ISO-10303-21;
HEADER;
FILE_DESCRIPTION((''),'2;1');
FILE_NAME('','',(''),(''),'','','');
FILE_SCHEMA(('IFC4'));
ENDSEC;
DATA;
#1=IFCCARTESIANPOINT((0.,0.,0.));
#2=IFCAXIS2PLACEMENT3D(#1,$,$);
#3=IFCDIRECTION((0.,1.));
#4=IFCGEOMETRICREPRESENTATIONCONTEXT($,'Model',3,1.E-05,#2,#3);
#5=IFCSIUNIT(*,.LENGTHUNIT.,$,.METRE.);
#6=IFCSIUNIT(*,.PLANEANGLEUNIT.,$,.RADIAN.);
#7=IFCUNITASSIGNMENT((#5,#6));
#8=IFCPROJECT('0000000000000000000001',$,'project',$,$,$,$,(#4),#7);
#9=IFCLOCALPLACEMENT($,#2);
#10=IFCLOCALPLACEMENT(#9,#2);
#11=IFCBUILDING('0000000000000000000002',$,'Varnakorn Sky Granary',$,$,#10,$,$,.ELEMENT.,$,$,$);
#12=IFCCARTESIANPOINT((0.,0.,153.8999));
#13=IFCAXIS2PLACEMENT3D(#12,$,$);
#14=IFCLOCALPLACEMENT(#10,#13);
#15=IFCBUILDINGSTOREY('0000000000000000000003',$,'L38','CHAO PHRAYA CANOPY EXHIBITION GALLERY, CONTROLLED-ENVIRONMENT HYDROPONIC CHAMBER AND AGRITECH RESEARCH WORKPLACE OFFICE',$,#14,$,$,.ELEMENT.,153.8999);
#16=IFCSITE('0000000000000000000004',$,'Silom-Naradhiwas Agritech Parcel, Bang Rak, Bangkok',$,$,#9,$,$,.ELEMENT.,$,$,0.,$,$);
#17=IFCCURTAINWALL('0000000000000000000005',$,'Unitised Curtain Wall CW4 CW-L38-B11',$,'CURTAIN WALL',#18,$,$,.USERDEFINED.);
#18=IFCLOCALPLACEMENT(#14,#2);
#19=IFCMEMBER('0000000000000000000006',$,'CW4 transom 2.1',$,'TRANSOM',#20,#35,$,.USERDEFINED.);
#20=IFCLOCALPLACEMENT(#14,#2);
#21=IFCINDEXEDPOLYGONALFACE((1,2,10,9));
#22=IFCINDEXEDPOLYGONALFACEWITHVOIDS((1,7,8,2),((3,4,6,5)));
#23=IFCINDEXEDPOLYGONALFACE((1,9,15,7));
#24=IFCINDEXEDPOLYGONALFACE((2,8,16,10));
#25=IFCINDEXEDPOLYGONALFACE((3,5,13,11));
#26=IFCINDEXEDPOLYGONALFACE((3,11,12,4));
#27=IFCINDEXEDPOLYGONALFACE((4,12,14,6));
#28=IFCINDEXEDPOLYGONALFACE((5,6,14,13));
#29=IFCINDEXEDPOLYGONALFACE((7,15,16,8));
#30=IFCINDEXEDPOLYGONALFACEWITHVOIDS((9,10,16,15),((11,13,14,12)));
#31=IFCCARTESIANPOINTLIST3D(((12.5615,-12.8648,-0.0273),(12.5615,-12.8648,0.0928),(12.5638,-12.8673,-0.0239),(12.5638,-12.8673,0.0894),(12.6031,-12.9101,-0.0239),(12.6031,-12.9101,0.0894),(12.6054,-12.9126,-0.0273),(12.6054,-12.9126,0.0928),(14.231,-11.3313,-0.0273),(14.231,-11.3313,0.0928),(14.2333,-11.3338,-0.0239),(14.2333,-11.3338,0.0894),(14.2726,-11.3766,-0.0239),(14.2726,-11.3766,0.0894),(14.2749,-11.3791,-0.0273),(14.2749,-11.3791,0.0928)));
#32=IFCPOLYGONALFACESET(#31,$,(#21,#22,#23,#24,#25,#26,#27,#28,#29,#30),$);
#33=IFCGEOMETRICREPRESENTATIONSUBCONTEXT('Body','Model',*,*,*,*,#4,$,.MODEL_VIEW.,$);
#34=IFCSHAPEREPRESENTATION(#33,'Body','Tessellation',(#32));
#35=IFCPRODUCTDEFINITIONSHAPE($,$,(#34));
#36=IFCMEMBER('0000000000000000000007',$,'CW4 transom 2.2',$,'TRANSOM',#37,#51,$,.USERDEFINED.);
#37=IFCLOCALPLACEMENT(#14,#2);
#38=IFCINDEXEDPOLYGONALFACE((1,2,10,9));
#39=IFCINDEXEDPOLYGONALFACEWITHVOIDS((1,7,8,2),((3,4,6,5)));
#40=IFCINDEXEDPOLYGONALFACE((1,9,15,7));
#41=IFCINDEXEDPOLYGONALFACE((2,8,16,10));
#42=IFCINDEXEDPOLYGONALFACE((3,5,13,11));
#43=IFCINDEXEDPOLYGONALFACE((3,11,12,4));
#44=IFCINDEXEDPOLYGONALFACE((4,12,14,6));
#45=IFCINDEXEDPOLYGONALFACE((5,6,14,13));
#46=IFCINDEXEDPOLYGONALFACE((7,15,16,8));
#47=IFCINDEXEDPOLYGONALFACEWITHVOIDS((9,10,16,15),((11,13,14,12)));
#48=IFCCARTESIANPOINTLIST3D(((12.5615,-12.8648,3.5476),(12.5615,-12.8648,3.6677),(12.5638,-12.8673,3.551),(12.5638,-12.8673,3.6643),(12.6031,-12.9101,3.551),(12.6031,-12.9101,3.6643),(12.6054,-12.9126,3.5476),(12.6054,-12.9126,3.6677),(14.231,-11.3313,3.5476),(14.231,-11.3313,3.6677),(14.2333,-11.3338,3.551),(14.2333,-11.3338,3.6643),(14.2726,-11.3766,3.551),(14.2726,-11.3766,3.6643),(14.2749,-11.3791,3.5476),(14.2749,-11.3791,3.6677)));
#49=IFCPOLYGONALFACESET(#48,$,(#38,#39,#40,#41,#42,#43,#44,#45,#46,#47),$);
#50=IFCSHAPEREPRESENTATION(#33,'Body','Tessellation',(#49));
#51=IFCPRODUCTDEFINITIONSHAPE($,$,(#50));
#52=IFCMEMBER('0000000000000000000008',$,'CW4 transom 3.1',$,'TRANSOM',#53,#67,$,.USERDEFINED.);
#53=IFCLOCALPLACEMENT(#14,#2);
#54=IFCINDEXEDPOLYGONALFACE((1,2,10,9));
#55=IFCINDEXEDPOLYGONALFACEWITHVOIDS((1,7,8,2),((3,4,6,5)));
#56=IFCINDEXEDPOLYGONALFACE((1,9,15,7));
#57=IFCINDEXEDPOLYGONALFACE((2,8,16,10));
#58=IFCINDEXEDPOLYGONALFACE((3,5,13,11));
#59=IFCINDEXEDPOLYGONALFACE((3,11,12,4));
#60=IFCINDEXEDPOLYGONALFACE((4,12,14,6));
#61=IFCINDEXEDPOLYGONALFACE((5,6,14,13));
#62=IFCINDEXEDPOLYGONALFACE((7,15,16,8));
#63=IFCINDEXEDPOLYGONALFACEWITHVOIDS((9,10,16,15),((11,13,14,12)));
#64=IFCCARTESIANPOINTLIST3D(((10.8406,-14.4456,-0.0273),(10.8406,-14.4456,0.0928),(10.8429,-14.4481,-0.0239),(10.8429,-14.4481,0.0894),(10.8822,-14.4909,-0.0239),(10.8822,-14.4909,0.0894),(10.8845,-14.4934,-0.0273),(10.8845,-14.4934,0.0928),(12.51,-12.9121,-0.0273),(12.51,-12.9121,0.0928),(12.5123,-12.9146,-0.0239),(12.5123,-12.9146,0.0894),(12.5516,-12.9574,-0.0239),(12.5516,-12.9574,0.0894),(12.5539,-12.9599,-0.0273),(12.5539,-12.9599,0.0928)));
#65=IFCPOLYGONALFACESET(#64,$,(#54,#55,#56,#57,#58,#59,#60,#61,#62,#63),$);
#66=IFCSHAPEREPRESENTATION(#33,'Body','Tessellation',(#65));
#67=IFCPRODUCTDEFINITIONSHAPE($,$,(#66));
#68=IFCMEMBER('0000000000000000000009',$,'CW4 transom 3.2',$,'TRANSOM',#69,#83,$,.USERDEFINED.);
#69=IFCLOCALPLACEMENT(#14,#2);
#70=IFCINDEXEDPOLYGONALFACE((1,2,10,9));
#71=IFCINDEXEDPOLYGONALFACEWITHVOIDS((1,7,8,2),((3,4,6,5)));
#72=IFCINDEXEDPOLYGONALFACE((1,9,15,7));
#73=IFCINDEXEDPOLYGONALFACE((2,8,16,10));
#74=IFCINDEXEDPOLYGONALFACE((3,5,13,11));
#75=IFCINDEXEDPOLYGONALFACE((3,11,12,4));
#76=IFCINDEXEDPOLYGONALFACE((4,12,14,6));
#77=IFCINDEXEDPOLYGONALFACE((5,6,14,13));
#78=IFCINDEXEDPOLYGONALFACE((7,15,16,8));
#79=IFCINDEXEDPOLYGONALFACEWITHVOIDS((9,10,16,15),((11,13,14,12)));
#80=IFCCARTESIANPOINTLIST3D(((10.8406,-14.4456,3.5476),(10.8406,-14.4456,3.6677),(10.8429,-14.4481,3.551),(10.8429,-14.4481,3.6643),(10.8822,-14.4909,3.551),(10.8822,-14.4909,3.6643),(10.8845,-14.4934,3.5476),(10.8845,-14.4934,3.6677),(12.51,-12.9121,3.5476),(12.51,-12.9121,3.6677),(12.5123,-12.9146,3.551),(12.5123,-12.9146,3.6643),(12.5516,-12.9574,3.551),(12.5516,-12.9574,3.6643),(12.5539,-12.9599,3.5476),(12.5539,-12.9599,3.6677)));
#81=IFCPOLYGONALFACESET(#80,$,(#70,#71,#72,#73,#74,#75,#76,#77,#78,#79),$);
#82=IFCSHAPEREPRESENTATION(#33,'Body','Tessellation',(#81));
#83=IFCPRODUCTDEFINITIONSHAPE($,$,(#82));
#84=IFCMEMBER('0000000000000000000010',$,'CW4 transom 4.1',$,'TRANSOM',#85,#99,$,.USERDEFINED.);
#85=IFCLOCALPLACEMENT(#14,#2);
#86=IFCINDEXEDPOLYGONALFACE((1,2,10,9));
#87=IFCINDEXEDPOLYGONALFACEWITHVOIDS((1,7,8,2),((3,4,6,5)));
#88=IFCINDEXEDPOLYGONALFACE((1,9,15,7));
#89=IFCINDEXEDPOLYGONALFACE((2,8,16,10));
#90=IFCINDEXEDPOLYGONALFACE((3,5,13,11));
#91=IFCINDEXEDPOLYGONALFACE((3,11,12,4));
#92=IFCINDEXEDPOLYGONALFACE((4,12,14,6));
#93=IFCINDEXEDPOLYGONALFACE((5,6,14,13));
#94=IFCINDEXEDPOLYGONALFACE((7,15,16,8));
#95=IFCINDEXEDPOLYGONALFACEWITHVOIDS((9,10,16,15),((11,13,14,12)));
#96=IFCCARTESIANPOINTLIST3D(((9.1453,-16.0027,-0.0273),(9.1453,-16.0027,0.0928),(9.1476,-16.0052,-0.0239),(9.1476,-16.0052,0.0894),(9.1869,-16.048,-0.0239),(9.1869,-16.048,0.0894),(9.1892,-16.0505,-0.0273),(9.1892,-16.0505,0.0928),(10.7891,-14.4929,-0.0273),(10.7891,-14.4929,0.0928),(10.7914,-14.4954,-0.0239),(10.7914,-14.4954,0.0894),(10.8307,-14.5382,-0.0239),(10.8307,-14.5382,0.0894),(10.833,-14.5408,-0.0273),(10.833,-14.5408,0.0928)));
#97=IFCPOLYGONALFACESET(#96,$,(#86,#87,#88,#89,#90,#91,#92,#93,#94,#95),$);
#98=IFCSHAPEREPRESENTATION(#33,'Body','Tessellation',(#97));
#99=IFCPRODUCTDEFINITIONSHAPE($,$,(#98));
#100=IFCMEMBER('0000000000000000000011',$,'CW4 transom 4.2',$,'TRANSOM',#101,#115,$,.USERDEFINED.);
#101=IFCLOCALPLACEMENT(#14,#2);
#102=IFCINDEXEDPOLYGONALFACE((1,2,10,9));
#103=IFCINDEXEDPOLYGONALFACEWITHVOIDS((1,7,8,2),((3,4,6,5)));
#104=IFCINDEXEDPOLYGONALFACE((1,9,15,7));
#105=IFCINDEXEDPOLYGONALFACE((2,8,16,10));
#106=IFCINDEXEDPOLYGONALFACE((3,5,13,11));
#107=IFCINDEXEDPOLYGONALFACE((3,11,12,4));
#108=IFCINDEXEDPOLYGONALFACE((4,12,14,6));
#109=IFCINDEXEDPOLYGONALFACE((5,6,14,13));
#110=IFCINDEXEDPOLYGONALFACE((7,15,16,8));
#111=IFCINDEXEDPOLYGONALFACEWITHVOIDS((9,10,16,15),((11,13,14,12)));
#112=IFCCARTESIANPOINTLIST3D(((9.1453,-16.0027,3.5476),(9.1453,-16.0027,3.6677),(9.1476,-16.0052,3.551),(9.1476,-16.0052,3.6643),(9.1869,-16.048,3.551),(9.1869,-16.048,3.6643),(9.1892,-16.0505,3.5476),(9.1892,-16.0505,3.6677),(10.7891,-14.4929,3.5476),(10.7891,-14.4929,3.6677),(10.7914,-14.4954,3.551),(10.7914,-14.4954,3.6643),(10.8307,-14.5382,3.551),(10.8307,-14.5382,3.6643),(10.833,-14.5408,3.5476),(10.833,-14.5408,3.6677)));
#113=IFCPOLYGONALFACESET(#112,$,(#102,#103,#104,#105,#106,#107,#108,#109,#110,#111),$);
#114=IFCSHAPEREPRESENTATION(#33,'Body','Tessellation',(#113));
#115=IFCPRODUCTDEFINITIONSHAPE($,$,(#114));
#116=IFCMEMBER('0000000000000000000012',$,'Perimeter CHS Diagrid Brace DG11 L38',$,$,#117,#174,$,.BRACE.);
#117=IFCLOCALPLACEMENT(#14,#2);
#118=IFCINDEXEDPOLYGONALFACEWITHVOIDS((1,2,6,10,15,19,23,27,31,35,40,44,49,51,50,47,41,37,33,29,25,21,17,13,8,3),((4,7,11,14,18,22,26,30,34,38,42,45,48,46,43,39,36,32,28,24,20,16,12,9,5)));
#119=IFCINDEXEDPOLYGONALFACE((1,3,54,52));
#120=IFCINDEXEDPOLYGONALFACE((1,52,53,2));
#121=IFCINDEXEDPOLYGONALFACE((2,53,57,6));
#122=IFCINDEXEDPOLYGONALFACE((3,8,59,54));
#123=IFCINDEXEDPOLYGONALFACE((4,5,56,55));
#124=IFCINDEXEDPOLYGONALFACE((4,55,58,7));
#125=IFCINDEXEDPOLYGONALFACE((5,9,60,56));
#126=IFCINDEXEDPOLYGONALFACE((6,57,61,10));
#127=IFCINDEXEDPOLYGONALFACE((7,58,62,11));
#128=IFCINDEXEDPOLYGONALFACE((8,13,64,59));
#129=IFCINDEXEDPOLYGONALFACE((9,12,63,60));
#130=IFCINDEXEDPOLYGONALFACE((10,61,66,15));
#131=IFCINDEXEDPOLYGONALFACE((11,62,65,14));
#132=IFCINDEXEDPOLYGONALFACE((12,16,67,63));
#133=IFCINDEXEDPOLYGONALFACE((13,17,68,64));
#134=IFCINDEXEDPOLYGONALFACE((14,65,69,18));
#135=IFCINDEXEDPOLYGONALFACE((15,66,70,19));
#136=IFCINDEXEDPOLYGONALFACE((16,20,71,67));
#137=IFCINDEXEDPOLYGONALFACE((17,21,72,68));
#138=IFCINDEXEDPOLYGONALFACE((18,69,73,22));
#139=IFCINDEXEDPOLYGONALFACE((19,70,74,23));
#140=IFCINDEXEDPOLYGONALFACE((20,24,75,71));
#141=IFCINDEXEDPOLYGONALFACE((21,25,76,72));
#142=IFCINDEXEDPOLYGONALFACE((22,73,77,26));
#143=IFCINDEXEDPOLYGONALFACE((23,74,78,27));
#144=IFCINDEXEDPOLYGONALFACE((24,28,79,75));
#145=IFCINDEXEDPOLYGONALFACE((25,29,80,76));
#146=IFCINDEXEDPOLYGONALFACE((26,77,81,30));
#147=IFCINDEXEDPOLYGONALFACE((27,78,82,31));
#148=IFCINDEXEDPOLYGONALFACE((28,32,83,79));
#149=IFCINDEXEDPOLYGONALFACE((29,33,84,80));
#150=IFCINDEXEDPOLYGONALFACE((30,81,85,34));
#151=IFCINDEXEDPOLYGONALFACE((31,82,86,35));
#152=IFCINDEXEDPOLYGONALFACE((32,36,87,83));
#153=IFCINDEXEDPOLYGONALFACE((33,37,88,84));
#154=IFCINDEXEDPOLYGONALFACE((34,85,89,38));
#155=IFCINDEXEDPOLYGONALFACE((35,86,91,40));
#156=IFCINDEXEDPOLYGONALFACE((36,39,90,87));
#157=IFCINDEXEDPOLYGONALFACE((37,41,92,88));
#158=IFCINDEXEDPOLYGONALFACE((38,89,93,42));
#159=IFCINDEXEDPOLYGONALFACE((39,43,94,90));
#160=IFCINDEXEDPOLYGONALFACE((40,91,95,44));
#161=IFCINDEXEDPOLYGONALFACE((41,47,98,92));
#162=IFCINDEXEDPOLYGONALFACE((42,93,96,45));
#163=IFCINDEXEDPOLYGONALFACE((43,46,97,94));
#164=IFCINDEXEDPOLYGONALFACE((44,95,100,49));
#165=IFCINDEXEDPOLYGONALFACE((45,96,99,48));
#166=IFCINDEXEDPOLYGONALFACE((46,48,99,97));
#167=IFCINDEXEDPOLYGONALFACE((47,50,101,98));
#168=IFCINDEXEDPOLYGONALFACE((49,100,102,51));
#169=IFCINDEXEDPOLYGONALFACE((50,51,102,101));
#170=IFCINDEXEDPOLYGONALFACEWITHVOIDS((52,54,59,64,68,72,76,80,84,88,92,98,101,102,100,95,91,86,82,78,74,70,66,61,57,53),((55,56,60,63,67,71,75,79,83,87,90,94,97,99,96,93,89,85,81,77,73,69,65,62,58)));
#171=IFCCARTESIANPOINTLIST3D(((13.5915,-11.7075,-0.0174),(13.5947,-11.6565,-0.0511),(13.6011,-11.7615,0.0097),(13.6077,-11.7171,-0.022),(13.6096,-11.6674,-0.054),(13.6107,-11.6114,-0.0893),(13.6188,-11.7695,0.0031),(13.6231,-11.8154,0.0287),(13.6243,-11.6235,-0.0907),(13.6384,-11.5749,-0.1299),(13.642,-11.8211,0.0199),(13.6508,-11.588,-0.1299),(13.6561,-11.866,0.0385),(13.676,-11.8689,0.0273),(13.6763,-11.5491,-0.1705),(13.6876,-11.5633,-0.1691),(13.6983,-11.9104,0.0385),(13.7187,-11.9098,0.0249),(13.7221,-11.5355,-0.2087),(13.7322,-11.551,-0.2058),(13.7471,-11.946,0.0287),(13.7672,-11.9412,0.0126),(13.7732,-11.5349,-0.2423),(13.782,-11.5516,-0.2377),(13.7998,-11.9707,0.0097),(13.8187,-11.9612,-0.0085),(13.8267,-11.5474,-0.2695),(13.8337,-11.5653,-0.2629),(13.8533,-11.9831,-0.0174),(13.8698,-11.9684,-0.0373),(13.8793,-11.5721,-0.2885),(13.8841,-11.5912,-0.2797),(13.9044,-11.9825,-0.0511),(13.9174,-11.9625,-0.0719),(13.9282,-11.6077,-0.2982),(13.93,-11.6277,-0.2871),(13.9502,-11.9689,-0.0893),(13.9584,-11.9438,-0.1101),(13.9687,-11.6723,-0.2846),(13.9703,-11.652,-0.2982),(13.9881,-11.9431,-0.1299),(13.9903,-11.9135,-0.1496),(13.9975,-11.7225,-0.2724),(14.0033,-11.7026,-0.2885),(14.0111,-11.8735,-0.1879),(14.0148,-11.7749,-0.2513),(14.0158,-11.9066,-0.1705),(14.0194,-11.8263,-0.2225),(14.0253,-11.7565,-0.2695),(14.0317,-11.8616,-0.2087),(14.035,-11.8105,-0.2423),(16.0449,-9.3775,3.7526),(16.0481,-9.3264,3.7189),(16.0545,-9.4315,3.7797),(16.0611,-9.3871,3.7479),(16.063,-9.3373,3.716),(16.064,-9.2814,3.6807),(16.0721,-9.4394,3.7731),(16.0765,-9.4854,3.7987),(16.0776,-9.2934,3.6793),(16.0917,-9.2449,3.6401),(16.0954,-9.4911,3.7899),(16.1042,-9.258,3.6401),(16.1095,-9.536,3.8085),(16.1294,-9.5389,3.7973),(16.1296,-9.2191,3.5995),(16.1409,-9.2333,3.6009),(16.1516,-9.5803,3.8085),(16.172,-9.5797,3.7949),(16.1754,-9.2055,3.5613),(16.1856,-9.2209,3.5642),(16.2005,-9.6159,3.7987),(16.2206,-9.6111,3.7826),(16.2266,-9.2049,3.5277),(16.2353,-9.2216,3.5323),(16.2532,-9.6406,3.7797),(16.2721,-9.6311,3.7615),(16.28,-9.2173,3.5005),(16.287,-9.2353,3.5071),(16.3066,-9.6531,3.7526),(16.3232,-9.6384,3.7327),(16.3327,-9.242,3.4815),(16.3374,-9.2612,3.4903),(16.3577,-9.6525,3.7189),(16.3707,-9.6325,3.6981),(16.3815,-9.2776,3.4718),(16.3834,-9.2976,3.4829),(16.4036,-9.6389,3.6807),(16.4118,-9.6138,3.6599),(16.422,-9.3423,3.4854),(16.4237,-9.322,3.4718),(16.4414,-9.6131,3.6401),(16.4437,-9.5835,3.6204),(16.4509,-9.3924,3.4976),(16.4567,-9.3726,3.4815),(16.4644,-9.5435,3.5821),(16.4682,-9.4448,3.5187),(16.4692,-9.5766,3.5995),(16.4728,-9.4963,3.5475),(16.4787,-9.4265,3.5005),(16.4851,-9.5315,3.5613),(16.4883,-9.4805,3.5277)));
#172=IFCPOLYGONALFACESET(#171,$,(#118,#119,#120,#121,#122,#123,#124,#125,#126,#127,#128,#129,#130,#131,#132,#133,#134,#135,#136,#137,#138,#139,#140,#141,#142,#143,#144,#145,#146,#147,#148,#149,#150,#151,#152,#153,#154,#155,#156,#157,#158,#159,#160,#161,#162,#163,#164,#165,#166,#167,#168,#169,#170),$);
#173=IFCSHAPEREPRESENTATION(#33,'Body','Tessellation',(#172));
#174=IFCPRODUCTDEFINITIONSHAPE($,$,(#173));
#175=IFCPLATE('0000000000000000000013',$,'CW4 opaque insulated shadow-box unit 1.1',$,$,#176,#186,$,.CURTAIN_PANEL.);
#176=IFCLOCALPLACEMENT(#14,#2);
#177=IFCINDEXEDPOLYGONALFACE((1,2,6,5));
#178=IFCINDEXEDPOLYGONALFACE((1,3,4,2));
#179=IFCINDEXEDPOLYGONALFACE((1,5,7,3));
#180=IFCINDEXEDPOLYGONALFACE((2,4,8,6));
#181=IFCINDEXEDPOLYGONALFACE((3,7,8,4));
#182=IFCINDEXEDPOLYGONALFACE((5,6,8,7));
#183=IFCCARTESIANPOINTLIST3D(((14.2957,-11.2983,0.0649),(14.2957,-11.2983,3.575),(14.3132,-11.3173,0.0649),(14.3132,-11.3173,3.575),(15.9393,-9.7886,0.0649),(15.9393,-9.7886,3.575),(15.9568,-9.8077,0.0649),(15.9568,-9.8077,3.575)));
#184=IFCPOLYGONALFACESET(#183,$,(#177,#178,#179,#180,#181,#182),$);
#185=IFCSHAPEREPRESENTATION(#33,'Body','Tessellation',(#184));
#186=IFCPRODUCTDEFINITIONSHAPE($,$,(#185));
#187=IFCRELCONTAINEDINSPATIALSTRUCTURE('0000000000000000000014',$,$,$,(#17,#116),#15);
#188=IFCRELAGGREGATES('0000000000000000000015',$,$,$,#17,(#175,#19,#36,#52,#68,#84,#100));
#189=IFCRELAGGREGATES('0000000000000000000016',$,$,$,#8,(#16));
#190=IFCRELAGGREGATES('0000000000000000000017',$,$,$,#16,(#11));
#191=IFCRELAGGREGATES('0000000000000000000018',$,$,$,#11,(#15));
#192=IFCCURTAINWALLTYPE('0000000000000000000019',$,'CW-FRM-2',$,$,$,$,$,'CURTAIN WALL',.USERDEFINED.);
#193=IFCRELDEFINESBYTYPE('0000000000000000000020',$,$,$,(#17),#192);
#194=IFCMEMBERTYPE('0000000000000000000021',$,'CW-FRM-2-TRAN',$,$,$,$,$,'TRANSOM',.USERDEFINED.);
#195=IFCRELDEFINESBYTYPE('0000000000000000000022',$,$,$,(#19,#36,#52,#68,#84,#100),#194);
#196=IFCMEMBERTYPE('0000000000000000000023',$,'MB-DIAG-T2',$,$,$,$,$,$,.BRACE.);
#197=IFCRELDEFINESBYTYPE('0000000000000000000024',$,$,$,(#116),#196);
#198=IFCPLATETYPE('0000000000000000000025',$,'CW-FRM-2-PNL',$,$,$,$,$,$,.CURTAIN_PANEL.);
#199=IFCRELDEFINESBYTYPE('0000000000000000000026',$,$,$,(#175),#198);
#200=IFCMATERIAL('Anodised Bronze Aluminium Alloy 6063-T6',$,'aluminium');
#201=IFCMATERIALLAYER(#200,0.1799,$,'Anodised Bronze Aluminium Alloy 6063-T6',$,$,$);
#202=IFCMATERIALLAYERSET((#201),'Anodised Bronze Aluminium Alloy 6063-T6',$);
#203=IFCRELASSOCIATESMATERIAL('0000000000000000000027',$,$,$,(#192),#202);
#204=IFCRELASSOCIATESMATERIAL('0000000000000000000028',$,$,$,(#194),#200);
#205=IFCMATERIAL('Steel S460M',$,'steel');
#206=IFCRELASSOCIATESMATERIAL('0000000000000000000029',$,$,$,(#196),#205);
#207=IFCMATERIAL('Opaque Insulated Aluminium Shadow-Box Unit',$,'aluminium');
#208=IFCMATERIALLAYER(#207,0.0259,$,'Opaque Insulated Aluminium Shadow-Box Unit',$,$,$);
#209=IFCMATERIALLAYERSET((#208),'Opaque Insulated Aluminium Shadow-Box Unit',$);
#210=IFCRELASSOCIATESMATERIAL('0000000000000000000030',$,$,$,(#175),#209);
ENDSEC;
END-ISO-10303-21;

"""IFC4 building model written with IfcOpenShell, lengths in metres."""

from ifc_helpers import new_model, si_unit, direction, frame, origin, origin_2d, place, context, subcontext, project, spatial, rectangle, hollow_rectangle, hollow_circle, extrude, source, transform, mapped, material, layer, layer_set, material_profile, profile_set, type_object, element, aggregate, save


model = new_model("IFC4")

# Units and contexts
model_context = context("Model", 3, precision=1e-05, world=origin(), true_north=direction((0.0, 1.0)))
body_context = subcontext(model_context, "Body", "Model", "MODEL_VIEW")
ifc_project = project(units=[si_unit("LENGTHUNIT", "METRE"), si_unit("PLANEANGLEUNIT", "RADIAN")], contexts=[model_context])

# Site, building, storey
site_placement = place(None, origin())
site = spatial("IfcSite", under=ifc_project, at=site_placement, Name="Silom-Naradhiwas Agritech Parcel, Bang Rak, Bangkok", CompositionType="ELEMENT", RefElevation=0.0)
building_placement = place(site_placement, origin())
building = spatial("IfcBuilding", under=site, at=building_placement, Name="Varnakorn Sky Granary", CompositionType="ELEMENT")
storey_placement = place(building_placement, frame((0.0, 0.0, 153.8999)))
storey = spatial("IfcBuildingStorey", under=building, at=storey_placement, Name="L38", Description="CHAO PHRAYA CANOPY EXHIBITION GALLERY, CONTROLLED-ENVIRONMENT HYDROPONIC CHAMBER AND AGRITECH RESEARCH WORKPLACE OFFICE", CompositionType="ELEMENT", Elevation=153.8999)

# Shared definitions
ifc_material_1 = material(Name="Steel S460M", Category="steel")

# Curtain wall, members
ifc_material_2 = material(Name="Anodised Bronze Aluminium Alloy 6063-T6", Category="aluminium")
ifc_layer_1 = layer(ifc_material_2, 0.1799, Name="Anodised Bronze Aluminium Alloy 6063-T6")
ifc_layer_set_1 = layer_set([ifc_layer_1], Name="Anodised Bronze Aluminium Alloy 6063-T6")
curtain_wall_type = type_object("IfcCurtainWallType", Name="CW-FRM-2", ElementType="CURTAIN WALL", PredefinedType="USERDEFINED", material=ifc_layer_set_1)
curtain_wall_placement = place(storey_placement, origin())
curtain_wall = element("IfcCurtainWall", 1, at=curtain_wall_placement, inside=storey, type_object=curtain_wall_type, Name="Unitised Curtain Wall CW4 CW-L38-B11", ObjectType="CURTAIN WALL", PredefinedType="USERDEFINED")
ifc_material_profile_1 = material_profile(ifc_material_2, hollow_rectangle(XDim=0.0649, YDim=0.1201, WallThickness=0.0034, at=origin_2d()), Name="ALU TRAN 65x120")
ifc_profile_set_1 = profile_set([ifc_material_profile_1], Name="Anodised Bronze Aluminium Alloy 6063-T6")
member_type_1 = type_object("IfcMemberType", Name="CW-FRM-2-TRAN", ElementType="TRANSOM", PredefinedType="USERDEFINED", material=ifc_profile_set_1)
member_1_placement = place(storey_placement, frame((14.2529, -11.3552, 0.0327), z_axis=(-0.736465, -0.676475, 0.0), x_axis=(0.676475, -0.736465, 0.0)))
member_1 = element("IfcMember", 2, at=member_1_placement, type_object=member_type_1, Name="CW4 transom 2.1", ObjectType="TRANSOM", PredefinedType="USERDEFINED", context=body_context, shape_type="SweptSolid", body=[
    extrude(hollow_rectangle(XDim=0.0649, YDim=0.1201, WallThickness=0.0034, at=origin_2d()), origin(), (0.0, 0.0, 1.0), 2.2668),
])
member_2_placement = place(storey_placement, frame((14.2529, -11.3552, 3.6077), z_axis=(-0.736465, -0.676475, 0.0), x_axis=(0.676475, -0.736465, 0.0)))
member_2 = element("IfcMember", 3, at=member_2_placement, type_object=member_type_1, Name="CW4 transom 2.2", ObjectType="TRANSOM", PredefinedType="USERDEFINED", context=body_context, shape_type="SweptSolid", body=[
    extrude(hollow_rectangle(XDim=0.0649, YDim=0.1201, WallThickness=0.0034, at=origin_2d()), origin(), (0.0, 0.0, 1.0), 2.2668),
])
member_3_placement = place(storey_placement, frame((12.532, -12.936, 0.0327), z_axis=(-0.736465, -0.676475, 0.0), x_axis=(0.676475, -0.736465, 0.0)))
member_3 = element("IfcMember", 4, at=member_3_placement, type_object=member_type_1, Name="CW4 transom 3.1", ObjectType="TRANSOM", PredefinedType="USERDEFINED", context=body_context, shape_type="SweptSolid", body=[
    extrude(hollow_rectangle(XDim=0.0649, YDim=0.1201, WallThickness=0.0034, at=origin_2d()), origin(), (0.0, 0.0, 1.0), 2.2668),
])
member_4_placement = place(storey_placement, frame((12.532, -12.936, 3.6077), z_axis=(-0.736465, -0.676475, 0.0), x_axis=(0.676475, -0.736465, 0.0)))
member_4 = element("IfcMember", 5, at=member_4_placement, type_object=member_type_1, Name="CW4 transom 3.2", ObjectType="TRANSOM", PredefinedType="USERDEFINED", context=body_context, shape_type="SweptSolid", body=[
    extrude(hollow_rectangle(XDim=0.0649, YDim=0.1201, WallThickness=0.0034, at=origin_2d()), origin(), (0.0, 0.0, 1.0), 2.2668),
])
member_5_placement = place(storey_placement, frame((10.811, -14.5168, 0.0327), z_axis=(-0.736495, -0.676443, 0.0), x_axis=(0.676443, -0.736495, 0.0)))
member_5 = element("IfcMember", 6, at=member_5_placement, type_object=member_type_1, Name="CW4 transom 4.1", ObjectType="TRANSOM", PredefinedType="USERDEFINED", context=body_context, shape_type="SweptSolid", body=[
    extrude(hollow_rectangle(XDim=0.0649, YDim=0.1201, WallThickness=0.0034, at=origin_2d()), origin(), (0.0, 0.0, 1.0), 2.2319),
])
member_6_placement = place(storey_placement, frame((10.811, -14.5168, 3.6077), z_axis=(-0.736495, -0.676443, 0.0), x_axis=(0.676443, -0.736495, 0.0)))
member_6 = element("IfcMember", 7, at=member_6_placement, type_object=member_type_1, Name="CW4 transom 4.2", ObjectType="TRANSOM", PredefinedType="USERDEFINED", context=body_context, shape_type="SweptSolid", body=[
    extrude(hollow_rectangle(XDim=0.0649, YDim=0.1201, WallThickness=0.0034, at=origin_2d()), origin(), (0.0, 0.0, 1.0), 2.2319),
])

# Member
ifc_material_profile_2 = material_profile(ifc_material_1, hollow_circle(Radius=0.2539, WallThickness=0.0181, at=origin_2d()), Name="CHS 508x18")
ifc_profile_set_2 = profile_set([ifc_material_profile_2], Name="Steel S460M")
member_type_2 = type_object("IfcMemberType", Name="MB-DIAG-T2", PredefinedType="BRACE", material=ifc_profile_set_2)
member_7_placement = place(storey_placement, frame((13.8132, -11.759, -0.1299), z_axis=(0.48431, 0.459971, 0.744225), x_axis=(-0.688653, 0.725091, 0.0)))
element("IfcMember", 8, at=member_7_placement, inside=storey, type_object=member_type_2, Name="Perimeter CHS Diagrid Brace DG11 L38", PredefinedType="BRACE", context=body_context, shape_type="SweptSolid", body=[
    extrude(hollow_circle(Radius=0.2539, WallThickness=0.0181, at=origin_2d()), origin(), (0.0, 0.0, 1.0), 5.0657),
])

# Plate
ifc_material_3 = material(Name="Opaque Insulated Aluminium Shadow-Box Unit", Category="aluminium")
ifc_layer_2 = layer(ifc_material_3, 0.0259, Name="Opaque Insulated Aluminium Shadow-Box Unit")
ifc_layer_set_2 = layer_set([ifc_layer_2], Name="Opaque Insulated Aluminium Shadow-Box Unit")
plate_type = type_object("IfcPlateType", Name="CW-FRM-2-PNL", PredefinedType="CURTAIN_PANEL")
shared_shape_1 = source(origin(), body_context, "Body", "SweptSolid", [
    extrude(rectangle(XDim=2.2317, YDim=0.0259, at=origin_2d()), origin(), (0.0, 0.0, 1.0), 3.51),
])
plate_1_placement = place(storey_placement, frame((15.1262, -10.553, 0.0649), z_axis=(0.0, 0.0, 1.0), x_axis=(-0.736469, -0.676472, 0.0)))
plate_1 = element("IfcPlate", 9, at=plate_1_placement, type_object=plate_type, material=ifc_layer_set_2, Name="CW4 opaque insulated shadow-box unit 1.1", PredefinedType="CURTAIN_PANEL", context=body_context, shape_type="MappedRepresentation", body=[
    mapped(shared_shape_1, transform((0.0, 0.0, 0.0), x_axis=(1.0, 0.0, 0.0), y_axis=(0.0, 1.0, 0.0), z_axis=(0.0, 0.0, 1.0), scale=1.0)),
])
aggregate(curtain_wall, [plate_1, member_1, member_2, member_3, member_4, member_5, member_6])

save(model, "model.ifc")
